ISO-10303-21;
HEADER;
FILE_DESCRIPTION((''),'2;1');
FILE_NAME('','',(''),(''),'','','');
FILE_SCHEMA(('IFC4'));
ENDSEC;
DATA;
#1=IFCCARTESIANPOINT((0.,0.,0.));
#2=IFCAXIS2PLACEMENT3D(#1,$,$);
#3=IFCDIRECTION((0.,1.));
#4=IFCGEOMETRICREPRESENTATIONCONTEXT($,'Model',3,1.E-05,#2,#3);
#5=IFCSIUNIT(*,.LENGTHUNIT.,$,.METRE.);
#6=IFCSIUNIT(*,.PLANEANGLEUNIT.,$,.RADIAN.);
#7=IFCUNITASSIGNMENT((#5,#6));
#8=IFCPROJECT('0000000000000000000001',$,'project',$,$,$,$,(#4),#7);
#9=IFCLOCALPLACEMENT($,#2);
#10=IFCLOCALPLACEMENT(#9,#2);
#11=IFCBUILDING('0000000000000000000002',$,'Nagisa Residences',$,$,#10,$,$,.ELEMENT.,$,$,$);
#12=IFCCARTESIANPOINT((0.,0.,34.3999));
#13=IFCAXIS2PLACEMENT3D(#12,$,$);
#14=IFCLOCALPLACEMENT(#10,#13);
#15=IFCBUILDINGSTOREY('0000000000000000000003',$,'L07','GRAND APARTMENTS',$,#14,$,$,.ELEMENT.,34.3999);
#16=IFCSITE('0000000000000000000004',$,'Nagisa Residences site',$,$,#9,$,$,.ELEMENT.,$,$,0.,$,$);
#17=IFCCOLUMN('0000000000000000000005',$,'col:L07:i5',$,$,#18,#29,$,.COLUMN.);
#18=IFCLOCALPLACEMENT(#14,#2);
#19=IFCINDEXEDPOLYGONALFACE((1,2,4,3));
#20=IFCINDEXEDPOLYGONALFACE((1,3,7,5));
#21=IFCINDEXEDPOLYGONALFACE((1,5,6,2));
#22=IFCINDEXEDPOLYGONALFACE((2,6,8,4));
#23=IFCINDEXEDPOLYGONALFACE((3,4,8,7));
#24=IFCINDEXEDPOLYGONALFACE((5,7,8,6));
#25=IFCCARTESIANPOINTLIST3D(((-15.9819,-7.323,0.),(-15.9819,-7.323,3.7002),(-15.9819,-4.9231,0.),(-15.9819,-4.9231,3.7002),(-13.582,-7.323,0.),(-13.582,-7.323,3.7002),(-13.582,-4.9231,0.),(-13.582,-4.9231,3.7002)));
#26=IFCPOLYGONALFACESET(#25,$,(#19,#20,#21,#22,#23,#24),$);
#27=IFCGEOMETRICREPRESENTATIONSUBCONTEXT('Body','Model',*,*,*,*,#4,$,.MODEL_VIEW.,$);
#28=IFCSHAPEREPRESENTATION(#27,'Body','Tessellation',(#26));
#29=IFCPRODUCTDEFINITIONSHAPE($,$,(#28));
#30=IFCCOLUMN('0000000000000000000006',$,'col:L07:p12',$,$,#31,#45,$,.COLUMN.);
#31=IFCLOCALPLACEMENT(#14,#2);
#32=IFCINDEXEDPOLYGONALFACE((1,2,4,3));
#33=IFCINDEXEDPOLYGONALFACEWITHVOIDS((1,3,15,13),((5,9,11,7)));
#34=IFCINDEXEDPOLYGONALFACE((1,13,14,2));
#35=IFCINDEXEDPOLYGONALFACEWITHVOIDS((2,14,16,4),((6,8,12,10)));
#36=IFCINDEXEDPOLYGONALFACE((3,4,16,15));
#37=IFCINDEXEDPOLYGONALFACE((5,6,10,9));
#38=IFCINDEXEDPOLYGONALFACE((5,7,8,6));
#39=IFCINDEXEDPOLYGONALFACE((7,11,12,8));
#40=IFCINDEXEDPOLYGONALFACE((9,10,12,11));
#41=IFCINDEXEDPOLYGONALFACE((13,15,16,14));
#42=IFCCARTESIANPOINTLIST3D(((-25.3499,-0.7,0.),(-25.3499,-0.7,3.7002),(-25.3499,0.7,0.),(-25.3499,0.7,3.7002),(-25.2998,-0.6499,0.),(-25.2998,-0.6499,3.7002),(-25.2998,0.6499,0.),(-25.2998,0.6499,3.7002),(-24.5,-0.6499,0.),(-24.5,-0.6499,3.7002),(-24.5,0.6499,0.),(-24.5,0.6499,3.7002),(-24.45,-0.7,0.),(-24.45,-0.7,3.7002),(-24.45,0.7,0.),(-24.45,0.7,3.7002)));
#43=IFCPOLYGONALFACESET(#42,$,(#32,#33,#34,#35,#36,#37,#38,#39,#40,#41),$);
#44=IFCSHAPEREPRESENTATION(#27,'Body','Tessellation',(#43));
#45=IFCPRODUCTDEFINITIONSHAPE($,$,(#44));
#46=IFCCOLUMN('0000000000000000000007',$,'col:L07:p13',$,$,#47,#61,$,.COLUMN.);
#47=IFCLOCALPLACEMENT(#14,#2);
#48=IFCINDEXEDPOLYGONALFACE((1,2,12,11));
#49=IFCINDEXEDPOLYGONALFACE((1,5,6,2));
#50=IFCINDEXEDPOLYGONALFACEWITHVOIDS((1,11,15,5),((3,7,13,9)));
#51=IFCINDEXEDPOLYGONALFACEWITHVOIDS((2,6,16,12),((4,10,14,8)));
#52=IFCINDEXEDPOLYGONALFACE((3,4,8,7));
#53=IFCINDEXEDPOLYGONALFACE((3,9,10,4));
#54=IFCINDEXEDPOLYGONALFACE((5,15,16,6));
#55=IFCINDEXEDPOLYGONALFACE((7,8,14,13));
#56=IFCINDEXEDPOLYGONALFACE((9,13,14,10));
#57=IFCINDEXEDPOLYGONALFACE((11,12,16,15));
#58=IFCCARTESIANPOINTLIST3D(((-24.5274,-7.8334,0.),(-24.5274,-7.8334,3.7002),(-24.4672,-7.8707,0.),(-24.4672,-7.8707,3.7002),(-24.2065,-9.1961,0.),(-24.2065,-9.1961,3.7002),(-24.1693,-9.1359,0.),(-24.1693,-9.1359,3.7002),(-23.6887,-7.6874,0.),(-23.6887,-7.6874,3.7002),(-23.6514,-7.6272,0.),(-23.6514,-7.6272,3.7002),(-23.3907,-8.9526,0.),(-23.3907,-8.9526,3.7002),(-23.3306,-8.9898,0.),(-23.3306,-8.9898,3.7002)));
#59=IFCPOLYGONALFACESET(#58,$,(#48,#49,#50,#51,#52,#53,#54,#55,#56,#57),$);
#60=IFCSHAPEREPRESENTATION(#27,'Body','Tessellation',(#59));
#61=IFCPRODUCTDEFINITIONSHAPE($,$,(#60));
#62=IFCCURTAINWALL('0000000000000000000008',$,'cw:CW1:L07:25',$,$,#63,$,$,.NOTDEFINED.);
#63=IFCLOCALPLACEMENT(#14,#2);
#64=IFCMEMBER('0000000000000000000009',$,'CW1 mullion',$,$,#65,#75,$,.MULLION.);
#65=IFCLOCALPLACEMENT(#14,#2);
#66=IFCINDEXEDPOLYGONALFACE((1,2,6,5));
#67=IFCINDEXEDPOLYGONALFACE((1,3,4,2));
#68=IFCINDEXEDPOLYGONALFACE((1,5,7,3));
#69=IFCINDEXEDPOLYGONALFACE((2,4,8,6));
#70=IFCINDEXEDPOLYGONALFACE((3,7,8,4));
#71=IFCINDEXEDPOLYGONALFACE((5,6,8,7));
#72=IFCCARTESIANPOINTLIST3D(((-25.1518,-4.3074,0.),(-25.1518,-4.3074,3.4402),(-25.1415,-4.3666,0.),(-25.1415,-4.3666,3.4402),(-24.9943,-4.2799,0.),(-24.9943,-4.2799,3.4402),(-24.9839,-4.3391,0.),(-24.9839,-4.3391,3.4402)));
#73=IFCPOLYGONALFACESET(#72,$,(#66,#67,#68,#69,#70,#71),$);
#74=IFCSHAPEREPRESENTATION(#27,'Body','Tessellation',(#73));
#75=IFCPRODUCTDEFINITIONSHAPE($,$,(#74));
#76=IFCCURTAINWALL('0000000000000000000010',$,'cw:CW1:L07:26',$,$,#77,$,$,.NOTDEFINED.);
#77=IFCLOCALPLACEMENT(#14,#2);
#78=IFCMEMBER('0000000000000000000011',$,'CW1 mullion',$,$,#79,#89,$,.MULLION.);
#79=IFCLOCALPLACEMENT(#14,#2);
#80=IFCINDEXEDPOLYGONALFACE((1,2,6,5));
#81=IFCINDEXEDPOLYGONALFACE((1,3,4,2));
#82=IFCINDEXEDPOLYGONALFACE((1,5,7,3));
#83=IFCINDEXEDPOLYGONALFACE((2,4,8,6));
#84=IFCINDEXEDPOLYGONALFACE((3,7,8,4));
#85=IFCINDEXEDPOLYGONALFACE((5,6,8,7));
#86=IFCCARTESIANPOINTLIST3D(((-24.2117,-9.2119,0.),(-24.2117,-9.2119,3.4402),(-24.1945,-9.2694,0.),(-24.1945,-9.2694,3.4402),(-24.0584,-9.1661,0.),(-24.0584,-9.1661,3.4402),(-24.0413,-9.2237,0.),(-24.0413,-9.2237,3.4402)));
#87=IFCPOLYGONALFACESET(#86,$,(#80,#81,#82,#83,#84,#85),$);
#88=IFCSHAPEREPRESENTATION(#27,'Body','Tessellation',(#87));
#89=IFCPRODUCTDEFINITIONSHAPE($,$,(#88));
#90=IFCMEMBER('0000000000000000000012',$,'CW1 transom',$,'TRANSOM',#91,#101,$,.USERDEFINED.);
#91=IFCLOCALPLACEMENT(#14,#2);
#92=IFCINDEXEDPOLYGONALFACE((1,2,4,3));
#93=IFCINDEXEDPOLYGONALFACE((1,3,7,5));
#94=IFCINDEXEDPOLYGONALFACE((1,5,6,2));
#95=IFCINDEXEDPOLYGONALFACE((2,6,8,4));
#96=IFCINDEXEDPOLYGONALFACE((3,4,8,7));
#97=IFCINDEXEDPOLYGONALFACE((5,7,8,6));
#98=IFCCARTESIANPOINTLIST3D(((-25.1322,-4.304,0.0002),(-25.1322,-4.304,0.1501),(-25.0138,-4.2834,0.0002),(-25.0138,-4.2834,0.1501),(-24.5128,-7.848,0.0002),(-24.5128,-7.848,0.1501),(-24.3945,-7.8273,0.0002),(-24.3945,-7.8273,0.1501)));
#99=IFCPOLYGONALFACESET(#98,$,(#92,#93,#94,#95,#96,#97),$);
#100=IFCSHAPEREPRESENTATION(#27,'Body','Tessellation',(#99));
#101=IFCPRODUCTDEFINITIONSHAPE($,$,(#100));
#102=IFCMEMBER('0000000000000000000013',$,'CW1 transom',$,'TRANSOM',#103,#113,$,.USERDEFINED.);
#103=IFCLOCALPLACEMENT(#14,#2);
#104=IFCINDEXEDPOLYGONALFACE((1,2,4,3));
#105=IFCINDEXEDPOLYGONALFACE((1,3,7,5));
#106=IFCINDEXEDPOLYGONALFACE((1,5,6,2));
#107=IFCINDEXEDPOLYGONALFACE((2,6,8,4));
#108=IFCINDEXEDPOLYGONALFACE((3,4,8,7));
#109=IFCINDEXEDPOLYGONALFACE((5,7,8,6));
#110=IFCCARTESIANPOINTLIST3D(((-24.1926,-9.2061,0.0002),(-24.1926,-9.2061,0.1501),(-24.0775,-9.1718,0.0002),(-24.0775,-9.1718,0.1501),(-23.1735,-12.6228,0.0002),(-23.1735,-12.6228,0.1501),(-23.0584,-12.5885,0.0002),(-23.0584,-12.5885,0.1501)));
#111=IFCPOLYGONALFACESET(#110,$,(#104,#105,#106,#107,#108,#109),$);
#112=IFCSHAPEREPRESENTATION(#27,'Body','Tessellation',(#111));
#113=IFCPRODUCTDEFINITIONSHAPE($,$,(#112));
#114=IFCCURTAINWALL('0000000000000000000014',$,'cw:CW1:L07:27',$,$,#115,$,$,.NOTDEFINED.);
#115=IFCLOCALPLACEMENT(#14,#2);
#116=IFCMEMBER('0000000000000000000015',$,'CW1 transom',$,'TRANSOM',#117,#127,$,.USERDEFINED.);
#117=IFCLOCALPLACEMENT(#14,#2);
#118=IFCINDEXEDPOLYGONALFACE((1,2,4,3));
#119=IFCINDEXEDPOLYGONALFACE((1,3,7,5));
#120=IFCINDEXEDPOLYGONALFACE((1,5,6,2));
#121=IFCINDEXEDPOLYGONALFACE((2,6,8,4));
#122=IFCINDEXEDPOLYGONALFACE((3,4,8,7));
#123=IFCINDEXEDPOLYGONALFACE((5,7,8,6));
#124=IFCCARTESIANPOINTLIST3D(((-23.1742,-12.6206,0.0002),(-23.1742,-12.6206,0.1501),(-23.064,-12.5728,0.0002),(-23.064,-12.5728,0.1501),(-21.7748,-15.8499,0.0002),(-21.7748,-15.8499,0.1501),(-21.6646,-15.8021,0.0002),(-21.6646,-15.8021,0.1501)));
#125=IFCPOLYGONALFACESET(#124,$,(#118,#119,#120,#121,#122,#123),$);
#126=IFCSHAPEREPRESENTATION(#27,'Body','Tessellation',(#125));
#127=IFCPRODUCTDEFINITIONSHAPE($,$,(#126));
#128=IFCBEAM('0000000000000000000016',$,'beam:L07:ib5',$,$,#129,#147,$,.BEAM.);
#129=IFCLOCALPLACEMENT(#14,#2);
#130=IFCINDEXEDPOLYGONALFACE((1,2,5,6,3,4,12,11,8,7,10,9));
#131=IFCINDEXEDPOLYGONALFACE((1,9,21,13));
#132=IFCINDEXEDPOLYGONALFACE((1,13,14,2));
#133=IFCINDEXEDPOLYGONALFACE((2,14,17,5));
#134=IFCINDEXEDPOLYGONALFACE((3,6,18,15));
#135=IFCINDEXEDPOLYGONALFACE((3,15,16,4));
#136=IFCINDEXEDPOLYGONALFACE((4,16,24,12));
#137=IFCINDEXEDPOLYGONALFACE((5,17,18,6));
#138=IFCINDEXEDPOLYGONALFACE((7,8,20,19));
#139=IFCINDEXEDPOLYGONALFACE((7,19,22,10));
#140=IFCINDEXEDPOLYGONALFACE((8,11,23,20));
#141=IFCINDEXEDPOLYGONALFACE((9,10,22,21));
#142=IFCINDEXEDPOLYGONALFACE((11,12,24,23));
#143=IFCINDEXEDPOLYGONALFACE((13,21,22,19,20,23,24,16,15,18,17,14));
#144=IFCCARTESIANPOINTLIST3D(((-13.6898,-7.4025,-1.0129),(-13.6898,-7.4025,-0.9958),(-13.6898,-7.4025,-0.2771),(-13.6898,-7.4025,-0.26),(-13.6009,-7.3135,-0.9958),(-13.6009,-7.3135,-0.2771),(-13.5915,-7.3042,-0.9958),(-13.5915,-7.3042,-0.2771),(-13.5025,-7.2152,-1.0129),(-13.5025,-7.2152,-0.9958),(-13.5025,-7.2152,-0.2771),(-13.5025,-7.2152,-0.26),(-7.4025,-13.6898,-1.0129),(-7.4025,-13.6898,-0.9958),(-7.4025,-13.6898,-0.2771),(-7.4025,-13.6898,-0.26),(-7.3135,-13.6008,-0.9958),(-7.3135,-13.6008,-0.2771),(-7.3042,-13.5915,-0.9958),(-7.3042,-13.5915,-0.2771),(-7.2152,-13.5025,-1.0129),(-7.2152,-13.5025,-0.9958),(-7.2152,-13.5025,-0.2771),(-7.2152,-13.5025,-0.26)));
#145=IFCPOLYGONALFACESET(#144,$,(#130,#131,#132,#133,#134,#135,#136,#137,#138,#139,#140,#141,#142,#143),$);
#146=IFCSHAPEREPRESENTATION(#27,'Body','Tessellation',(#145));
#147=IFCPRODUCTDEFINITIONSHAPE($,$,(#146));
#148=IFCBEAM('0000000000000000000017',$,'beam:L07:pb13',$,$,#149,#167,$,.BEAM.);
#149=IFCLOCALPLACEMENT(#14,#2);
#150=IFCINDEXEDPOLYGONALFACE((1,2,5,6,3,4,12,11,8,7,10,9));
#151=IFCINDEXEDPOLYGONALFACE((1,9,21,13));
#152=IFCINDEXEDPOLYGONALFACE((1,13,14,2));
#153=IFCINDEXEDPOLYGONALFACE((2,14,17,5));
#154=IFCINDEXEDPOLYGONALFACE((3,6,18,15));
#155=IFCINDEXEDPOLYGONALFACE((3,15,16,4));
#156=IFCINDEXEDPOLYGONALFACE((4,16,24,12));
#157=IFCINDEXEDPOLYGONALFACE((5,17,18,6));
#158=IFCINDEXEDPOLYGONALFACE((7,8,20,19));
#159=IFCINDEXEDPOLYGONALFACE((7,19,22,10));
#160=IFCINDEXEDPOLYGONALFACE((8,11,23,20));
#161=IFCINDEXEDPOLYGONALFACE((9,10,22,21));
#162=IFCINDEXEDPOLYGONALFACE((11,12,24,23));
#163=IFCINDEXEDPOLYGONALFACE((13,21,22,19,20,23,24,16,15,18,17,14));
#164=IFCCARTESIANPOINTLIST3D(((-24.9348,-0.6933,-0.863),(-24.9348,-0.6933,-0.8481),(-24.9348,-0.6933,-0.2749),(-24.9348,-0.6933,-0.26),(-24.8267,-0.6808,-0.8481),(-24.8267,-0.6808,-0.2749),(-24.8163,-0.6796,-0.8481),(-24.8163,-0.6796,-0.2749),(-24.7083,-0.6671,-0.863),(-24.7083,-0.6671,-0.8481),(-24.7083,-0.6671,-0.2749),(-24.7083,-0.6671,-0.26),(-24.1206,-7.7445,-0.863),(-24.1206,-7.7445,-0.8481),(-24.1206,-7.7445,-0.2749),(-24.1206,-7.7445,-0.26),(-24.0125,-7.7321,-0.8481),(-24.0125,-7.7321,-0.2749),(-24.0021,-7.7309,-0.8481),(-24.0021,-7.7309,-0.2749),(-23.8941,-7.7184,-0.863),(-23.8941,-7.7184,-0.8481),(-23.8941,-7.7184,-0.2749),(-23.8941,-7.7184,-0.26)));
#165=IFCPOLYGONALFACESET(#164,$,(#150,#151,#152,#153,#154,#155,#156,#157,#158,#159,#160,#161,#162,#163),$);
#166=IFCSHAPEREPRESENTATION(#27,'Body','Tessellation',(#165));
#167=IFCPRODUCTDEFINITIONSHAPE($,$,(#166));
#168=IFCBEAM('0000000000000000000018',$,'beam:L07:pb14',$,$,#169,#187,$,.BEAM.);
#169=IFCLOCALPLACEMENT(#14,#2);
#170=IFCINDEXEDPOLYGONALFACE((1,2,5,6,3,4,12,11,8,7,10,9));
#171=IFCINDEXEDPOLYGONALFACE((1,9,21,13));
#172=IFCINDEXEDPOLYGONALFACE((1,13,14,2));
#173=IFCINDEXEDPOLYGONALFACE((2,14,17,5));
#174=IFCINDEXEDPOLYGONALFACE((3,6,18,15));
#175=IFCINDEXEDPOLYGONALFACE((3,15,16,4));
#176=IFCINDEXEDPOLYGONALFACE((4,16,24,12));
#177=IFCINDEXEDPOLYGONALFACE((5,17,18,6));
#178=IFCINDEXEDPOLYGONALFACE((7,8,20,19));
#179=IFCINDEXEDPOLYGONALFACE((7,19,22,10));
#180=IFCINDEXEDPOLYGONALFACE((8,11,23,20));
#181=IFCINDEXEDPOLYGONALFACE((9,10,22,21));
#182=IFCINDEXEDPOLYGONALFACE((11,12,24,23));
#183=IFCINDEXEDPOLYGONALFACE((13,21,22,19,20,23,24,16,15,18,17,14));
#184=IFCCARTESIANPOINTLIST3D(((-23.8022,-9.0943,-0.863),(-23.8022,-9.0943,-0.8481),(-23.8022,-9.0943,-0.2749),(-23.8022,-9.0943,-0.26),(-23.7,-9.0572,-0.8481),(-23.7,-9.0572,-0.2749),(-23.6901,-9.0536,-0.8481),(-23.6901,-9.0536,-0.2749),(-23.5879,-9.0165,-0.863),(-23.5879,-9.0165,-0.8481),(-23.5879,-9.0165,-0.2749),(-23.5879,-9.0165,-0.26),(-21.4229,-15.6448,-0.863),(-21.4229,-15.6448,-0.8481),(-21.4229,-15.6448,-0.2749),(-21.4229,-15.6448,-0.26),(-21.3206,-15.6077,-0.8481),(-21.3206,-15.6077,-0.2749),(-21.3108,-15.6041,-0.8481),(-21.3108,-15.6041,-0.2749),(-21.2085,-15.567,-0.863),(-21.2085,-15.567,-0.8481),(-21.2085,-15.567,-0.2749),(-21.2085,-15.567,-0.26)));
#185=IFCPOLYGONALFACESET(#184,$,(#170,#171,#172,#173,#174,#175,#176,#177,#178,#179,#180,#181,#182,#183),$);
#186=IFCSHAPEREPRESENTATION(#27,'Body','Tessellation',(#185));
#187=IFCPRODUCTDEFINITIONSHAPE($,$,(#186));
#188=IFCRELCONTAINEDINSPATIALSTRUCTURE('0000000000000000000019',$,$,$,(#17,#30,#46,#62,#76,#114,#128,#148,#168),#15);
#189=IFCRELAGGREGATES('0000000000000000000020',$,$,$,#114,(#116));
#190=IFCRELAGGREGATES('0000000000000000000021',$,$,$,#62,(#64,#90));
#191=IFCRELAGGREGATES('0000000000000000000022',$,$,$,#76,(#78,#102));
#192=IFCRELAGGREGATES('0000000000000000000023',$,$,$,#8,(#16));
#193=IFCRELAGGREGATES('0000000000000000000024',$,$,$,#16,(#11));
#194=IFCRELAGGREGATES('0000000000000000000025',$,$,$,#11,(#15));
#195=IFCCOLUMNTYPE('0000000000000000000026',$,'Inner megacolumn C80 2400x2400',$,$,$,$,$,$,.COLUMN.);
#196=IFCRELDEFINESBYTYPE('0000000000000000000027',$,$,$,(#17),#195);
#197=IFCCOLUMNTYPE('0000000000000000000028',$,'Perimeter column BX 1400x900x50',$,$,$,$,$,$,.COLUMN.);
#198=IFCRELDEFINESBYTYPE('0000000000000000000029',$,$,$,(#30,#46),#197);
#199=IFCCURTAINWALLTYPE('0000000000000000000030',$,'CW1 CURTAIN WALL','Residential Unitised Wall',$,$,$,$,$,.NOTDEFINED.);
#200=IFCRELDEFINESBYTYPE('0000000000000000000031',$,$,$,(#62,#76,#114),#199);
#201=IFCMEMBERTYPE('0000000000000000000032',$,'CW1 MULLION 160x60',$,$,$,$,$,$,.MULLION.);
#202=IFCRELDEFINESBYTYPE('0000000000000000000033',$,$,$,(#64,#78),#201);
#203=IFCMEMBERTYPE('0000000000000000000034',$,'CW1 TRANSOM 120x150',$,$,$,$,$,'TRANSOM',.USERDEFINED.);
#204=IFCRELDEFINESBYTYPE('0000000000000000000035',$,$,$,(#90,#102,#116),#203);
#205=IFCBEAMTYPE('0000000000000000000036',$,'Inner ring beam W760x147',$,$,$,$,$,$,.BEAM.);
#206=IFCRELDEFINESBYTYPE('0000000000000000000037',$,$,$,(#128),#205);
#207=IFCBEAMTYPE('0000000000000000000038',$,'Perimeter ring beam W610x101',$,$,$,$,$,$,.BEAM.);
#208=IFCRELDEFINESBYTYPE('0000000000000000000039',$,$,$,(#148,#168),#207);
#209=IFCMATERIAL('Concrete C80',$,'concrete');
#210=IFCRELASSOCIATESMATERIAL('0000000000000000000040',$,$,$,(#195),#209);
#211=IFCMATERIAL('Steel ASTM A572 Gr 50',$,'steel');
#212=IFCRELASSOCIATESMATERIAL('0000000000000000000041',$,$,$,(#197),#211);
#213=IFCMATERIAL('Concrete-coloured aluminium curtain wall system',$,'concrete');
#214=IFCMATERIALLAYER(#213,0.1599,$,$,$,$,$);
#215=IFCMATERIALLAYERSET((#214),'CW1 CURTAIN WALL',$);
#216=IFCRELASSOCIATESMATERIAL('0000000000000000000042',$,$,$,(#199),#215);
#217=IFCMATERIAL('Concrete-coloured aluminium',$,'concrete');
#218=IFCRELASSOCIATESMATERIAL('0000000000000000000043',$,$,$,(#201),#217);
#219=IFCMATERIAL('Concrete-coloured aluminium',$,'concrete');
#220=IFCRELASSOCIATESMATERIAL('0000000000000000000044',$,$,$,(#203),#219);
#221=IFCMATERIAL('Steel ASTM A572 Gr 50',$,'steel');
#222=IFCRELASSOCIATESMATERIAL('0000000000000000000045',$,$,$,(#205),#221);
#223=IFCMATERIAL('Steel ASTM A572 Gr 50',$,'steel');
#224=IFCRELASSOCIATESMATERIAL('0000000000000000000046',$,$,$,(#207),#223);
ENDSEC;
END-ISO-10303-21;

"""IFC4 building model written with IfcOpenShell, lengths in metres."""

from ifc_helpers import new_model, si_unit, direction, frame, origin, origin_2d, place, context, subcontext, project, spatial, rectangle, hollow_rectangle, i_section, extrude, material, layer, layer_set, material_profile, profile_set, type_object, element, aggregate, save


model = new_model("IFC4")

# Units and contexts
model_context = context("Model", 3, precision=1e-05, world=origin(), true_north=direction((0.0, 1.0)))
body_context = subcontext(model_context, "Body", "Model", "MODEL_VIEW")
ifc_project = project(units=[si_unit("LENGTHUNIT", "METRE"), si_unit("PLANEANGLEUNIT", "RADIAN")], contexts=[model_context])

# Site, building, storey
site_placement = place(None, origin())
site = spatial("IfcSite", under=ifc_project, at=site_placement, Name="Nagisa Residences site", CompositionType="ELEMENT", RefElevation=0.0)
building_placement = place(site_placement, origin())
building = spatial("IfcBuilding", under=site, at=building_placement, Name="Nagisa Residences", CompositionType="ELEMENT")
storey_placement = place(building_placement, frame((0.0, 0.0, 34.3999)))
storey = spatial("IfcBuildingStorey", under=building, at=storey_placement, Name="L07", Description="GRAND APARTMENTS", CompositionType="ELEMENT", Elevation=34.3999)

# Columns
ifc_material_1 = material(Name="Concrete C80", Category="concrete")
ifc_material_profile_1 = material_profile(ifc_material_1, rectangle(XDim=2.3999, YDim=2.3999, at=origin_2d()), Name="C80 2400x2400")
ifc_profile_set_1 = profile_set([ifc_material_profile_1], Name="Concrete C80")
column_type_1 = type_object("IfcColumnType", Name="Inner megacolumn C80 2400x2400", PredefinedType="COLUMN", material=ifc_profile_set_1)
column_placement = place(storey_placement, frame((-14.782, -6.123, 0.0), z_axis=(0.0, 0.0, 1.0), x_axis=(1.0, 0.0, 0.0)))
element("IfcColumn", 1, at=column_placement, inside=storey, type_object=column_type_1, Name="col:L07:i5", PredefinedType="COLUMN", context=body_context, shape_type="SweptSolid", body=[
    extrude(rectangle(XDim=2.3999, YDim=2.3999, at=origin_2d()), origin(), (0.0, 0.0, 1.0), 3.7002),
])
ifc_material_2 = material(Name="Steel ASTM A572 Gr 50", Category="steel")
ifc_material_profile_2 = material_profile(ifc_material_2, hollow_rectangle(XDim=1.3999, YDim=0.8999, WallThickness=0.05, at=origin_2d()), Name="BX 1400x900x50")
ifc_profile_set_2 = profile_set([ifc_material_profile_2], Name="Steel ASTM A572 Gr 50")
column_type_2 = type_object("IfcColumnType", Name="Perimeter column BX 1400x900x50", PredefinedType="COLUMN", material=ifc_profile_set_2)
for number, where, z_axis, x_axis, name in (
    (2, (-24.8999, 0.0, 0.0), (0.0, 0.0, 1.0), (0.0, -1.0, 0.0), "col:L07:p12"),
    (3, (-23.929, -8.4116, 0.0), (0.0, 0.0, 1.0), (0.229202, -0.973379, 0.0), "col:L07:p13"),
):
    element("IfcColumn", number, at=place(storey_placement, frame(where, z_axis=z_axis, x_axis=x_axis)), inside=storey, type_object=column_type_2, Name=name, PredefinedType="COLUMN", context=body_context, shape_type="SweptSolid", body=[
        extrude(hollow_rectangle(XDim=1.3999, YDim=0.8999, WallThickness=0.05, at=origin_2d()), origin(), (0.0, 0.0, 1.0), 3.7002),
    ])

# Curtain walls, members
ifc_material_3 = material(Name="Concrete-coloured aluminium curtain wall system", Category="concrete")
ifc_layer_1 = layer(ifc_material_3, 0.1599)
ifc_layer_set_1 = layer_set([ifc_layer_1], Name="CW1 CURTAIN WALL")
curtain_wall_type = type_object("IfcCurtainWallType", Name="CW1 CURTAIN WALL", Description="Residential Unitised Wall", PredefinedType="NOTDEFINED", material=ifc_layer_set_1)
curtain_wall_1_placement = place(storey_placement, origin())
curtain_wall_1 = element("IfcCurtainWall", 4, at=curtain_wall_1_placement, inside=storey, type_object=curtain_wall_type, Name="cw:CW1:L07:25", PredefinedType="NOTDEFINED")
ifc_material_4 = material(Name="Concrete-coloured aluminium", Category="concrete")
ifc_material_profile_3 = material_profile(ifc_material_4, rectangle(XDim=0.1599, YDim=0.0601, at=origin_2d()), Name="CW1 MULLION 160x60")
ifc_profile_set_3 = profile_set([ifc_material_profile_3], Name="Concrete-coloured aluminium")
member_type_1 = type_object("IfcMemberType", Name="CW1 MULLION 160x60", PredefinedType="MULLION", material=ifc_profile_set_3)
member_1_placement = place(storey_placement, frame((-25.0679, -4.3232, 0.0), z_axis=(0.0, 0.0, 1.0), x_axis=(0.985064, 0.172191, 0.0)))
member_1 = element("IfcMember", 5, at=member_1_placement, type_object=member_type_1, Name="CW1 mullion", PredefinedType="MULLION", context=body_context, shape_type="SweptSolid", body=[
    extrude(rectangle(XDim=0.1599, YDim=0.0601, at=origin_2d()), origin(), (0.0, 0.0, 1.0), 3.4402),
])
curtain_wall_2_placement = place(storey_placement, origin())
curtain_wall_2 = element("IfcCurtainWall", 6, at=curtain_wall_2_placement, inside=storey, type_object=curtain_wall_type, Name="cw:CW1:L07:26", PredefinedType="NOTDEFINED")
member_2_placement = place(storey_placement, frame((-24.1265, -9.2178, 0.0), z_axis=(0.0, 0.0, 1.0), x_axis=(0.958271, 0.28586, 0.0)))
member_2 = element("IfcMember", 7, at=member_2_placement, type_object=member_type_1, Name="CW1 mullion", PredefinedType="MULLION", context=body_context, shape_type="SweptSolid", body=[
    extrude(rectangle(XDim=0.1599, YDim=0.0601, at=origin_2d()), origin(), (0.0, 0.0, 1.0), 3.4402),
])

# Members
ifc_material_5 = material(Name="Concrete-coloured aluminium", Category="concrete")
ifc_material_profile_4 = material_profile(ifc_material_5, rectangle(XDim=0.1201, YDim=0.1499, at=origin_2d()), Name="CW1 TRANSOM 120x150")
ifc_profile_set_4 = profile_set([ifc_material_profile_4], Name="Concrete-coloured aluminium")
member_type_2 = type_object("IfcMemberType", Name="CW1 TRANSOM 120x150", ElementType="TRANSOM", PredefinedType="USERDEFINED", material=ifc_profile_set_4)
member_3_placement = place(storey_placement, frame((-25.073, -4.2937, 0.0752), z_axis=(0.172163, -0.985068, 0.0), x_axis=(0.985068, 0.172163, 0.0)))
member_3 = element("IfcMember", 8, at=member_3_placement, type_object=member_type_2, Name="CW1 transom", ObjectType="TRANSOM", PredefinedType="USERDEFINED", context=body_context, shape_type="SweptSolid", body=[
    extrude(rectangle(XDim=0.1201, YDim=0.1499, at=origin_2d()), origin(), (0.0, 0.0, 1.0), 3.5977),
])
member_4_placement = place(storey_placement, frame((-24.135, -9.189, 0.0752), z_axis=(0.285808, -0.958287, 0.0), x_axis=(0.958287, 0.285808, 0.0)))
member_4 = element("IfcMember", 9, at=member_4_placement, type_object=member_type_2, Name="CW1 transom", ObjectType="TRANSOM", PredefinedType="USERDEFINED", context=body_context, shape_type="SweptSolid", body=[
    extrude(rectangle(XDim=0.1201, YDim=0.1499, at=origin_2d()), origin(), (0.0, 0.0, 1.0), 3.5654),
])

# Curtain wall, member
curtain_wall_3_placement = place(storey_placement, origin())
curtain_wall_3 = element("IfcCurtainWall", 10, at=curtain_wall_3_placement, inside=storey, type_object=curtain_wall_type, Name="cw:CW1:L07:27", PredefinedType="NOTDEFINED")
member_5_placement = place(storey_placement, frame((-23.1191, -12.5967, 0.0752), z_axis=(0.397625, -0.917548, 0.0), x_axis=(0.917548, 0.397625, 0.0)))
member_5 = element("IfcMember", 11, at=member_5_placement, type_object=member_type_2, Name="CW1 transom", ObjectType="TRANSOM", PredefinedType="USERDEFINED", context=body_context, shape_type="SweptSolid", body=[
    extrude(rectangle(XDim=0.1201, YDim=0.1499, at=origin_2d()), origin(), (0.0, 0.0, 1.0), 3.5195),
])
aggregate(curtain_wall_3, [member_5])

# Beams
ifc_material_6 = material(Name="Steel ASTM A572 Gr 50", Category="steel")
ifc_material_profile_5 = material_profile(ifc_material_6, i_section(OverallWidth=0.2649, OverallDepth=0.7529, WebThickness=0.0132, FlangeThickness=0.0171, at=origin_2d()), Name="W760x147")
ifc_profile_set_5 = profile_set([ifc_material_profile_5], Name="Steel ASTM A572 Gr 50")
beam_type_1 = type_object("IfcBeamType", Name="Inner ring beam W760x147", PredefinedType="BEAM", material=ifc_profile_set_5)
beam_1_placement = place(storey_placement, frame((-13.5962, -7.3088, -0.6365), z_axis=(0.707107, -0.707107, 0.0), x_axis=(0.707107, 0.707107, 0.0)))
element("IfcBeam", 12, at=beam_1_placement, inside=storey, type_object=beam_type_1, Name="beam:L07:ib5", PredefinedType="BEAM", context=body_context, shape_type="SweptSolid", body=[
    extrude(i_section(OverallWidth=0.2649, OverallDepth=0.7529, WebThickness=0.0132, FlangeThickness=0.0171, at=origin_2d()), origin(), (0.0, 0.0, 1.0), 8.8916),
])
ifc_material_7 = material(Name="Steel ASTM A572 Gr 50", Category="steel")
ifc_material_profile_6 = material_profile(ifc_material_7, i_section(OverallWidth=0.228, OverallDepth=0.603, WebThickness=0.0105, FlangeThickness=0.0149, at=origin_2d()), Name="W610x101")
ifc_profile_set_6 = profile_set([ifc_material_profile_6], Name="Steel ASTM A572 Gr 50")
beam_type_2 = type_object("IfcBeamType", Name="Perimeter ring beam W610x101", PredefinedType="BEAM", material=ifc_profile_set_6)
beam_2_placement = place(storey_placement, frame((-24.8215, -0.6802, -0.5615), z_axis=(0.114708, -0.993399, 0.0), x_axis=(0.993399, 0.114708, 0.0)))
element("IfcBeam", 13, at=beam_2_placement, inside=storey, type_object=beam_type_2, Name="beam:L07:pb13", PredefinedType="BEAM", context=body_context, shape_type="SweptSolid", body=[
    extrude(i_section(OverallWidth=0.228, OverallDepth=0.603, WebThickness=0.0105, FlangeThickness=0.0149, at=origin_2d()), origin(), (0.0, 0.0, 1.0), 7.0981),
])
beam_3_placement = place(storey_placement, frame((-23.6951, -9.0554, -0.5615), z_axis=(0.341411, -0.939914, 0.0), x_axis=(0.939914, 0.341411, 0.0)))
element("IfcBeam", 14, at=beam_3_placement, inside=storey, type_object=beam_type_2, Name="beam:L07:pb14", PredefinedType="BEAM", context=body_context, shape_type="SweptSolid", body=[
    extrude(i_section(OverallWidth=0.228, OverallDepth=0.603, WebThickness=0.0105, FlangeThickness=0.0149, at=origin_2d()), origin(), (0.0, 0.0, 1.0), 6.9692),
])

aggregate(curtain_wall_1, [member_1, member_3])
aggregate(curtain_wall_2, [member_2, member_4])

save(model, "model.ifc")
